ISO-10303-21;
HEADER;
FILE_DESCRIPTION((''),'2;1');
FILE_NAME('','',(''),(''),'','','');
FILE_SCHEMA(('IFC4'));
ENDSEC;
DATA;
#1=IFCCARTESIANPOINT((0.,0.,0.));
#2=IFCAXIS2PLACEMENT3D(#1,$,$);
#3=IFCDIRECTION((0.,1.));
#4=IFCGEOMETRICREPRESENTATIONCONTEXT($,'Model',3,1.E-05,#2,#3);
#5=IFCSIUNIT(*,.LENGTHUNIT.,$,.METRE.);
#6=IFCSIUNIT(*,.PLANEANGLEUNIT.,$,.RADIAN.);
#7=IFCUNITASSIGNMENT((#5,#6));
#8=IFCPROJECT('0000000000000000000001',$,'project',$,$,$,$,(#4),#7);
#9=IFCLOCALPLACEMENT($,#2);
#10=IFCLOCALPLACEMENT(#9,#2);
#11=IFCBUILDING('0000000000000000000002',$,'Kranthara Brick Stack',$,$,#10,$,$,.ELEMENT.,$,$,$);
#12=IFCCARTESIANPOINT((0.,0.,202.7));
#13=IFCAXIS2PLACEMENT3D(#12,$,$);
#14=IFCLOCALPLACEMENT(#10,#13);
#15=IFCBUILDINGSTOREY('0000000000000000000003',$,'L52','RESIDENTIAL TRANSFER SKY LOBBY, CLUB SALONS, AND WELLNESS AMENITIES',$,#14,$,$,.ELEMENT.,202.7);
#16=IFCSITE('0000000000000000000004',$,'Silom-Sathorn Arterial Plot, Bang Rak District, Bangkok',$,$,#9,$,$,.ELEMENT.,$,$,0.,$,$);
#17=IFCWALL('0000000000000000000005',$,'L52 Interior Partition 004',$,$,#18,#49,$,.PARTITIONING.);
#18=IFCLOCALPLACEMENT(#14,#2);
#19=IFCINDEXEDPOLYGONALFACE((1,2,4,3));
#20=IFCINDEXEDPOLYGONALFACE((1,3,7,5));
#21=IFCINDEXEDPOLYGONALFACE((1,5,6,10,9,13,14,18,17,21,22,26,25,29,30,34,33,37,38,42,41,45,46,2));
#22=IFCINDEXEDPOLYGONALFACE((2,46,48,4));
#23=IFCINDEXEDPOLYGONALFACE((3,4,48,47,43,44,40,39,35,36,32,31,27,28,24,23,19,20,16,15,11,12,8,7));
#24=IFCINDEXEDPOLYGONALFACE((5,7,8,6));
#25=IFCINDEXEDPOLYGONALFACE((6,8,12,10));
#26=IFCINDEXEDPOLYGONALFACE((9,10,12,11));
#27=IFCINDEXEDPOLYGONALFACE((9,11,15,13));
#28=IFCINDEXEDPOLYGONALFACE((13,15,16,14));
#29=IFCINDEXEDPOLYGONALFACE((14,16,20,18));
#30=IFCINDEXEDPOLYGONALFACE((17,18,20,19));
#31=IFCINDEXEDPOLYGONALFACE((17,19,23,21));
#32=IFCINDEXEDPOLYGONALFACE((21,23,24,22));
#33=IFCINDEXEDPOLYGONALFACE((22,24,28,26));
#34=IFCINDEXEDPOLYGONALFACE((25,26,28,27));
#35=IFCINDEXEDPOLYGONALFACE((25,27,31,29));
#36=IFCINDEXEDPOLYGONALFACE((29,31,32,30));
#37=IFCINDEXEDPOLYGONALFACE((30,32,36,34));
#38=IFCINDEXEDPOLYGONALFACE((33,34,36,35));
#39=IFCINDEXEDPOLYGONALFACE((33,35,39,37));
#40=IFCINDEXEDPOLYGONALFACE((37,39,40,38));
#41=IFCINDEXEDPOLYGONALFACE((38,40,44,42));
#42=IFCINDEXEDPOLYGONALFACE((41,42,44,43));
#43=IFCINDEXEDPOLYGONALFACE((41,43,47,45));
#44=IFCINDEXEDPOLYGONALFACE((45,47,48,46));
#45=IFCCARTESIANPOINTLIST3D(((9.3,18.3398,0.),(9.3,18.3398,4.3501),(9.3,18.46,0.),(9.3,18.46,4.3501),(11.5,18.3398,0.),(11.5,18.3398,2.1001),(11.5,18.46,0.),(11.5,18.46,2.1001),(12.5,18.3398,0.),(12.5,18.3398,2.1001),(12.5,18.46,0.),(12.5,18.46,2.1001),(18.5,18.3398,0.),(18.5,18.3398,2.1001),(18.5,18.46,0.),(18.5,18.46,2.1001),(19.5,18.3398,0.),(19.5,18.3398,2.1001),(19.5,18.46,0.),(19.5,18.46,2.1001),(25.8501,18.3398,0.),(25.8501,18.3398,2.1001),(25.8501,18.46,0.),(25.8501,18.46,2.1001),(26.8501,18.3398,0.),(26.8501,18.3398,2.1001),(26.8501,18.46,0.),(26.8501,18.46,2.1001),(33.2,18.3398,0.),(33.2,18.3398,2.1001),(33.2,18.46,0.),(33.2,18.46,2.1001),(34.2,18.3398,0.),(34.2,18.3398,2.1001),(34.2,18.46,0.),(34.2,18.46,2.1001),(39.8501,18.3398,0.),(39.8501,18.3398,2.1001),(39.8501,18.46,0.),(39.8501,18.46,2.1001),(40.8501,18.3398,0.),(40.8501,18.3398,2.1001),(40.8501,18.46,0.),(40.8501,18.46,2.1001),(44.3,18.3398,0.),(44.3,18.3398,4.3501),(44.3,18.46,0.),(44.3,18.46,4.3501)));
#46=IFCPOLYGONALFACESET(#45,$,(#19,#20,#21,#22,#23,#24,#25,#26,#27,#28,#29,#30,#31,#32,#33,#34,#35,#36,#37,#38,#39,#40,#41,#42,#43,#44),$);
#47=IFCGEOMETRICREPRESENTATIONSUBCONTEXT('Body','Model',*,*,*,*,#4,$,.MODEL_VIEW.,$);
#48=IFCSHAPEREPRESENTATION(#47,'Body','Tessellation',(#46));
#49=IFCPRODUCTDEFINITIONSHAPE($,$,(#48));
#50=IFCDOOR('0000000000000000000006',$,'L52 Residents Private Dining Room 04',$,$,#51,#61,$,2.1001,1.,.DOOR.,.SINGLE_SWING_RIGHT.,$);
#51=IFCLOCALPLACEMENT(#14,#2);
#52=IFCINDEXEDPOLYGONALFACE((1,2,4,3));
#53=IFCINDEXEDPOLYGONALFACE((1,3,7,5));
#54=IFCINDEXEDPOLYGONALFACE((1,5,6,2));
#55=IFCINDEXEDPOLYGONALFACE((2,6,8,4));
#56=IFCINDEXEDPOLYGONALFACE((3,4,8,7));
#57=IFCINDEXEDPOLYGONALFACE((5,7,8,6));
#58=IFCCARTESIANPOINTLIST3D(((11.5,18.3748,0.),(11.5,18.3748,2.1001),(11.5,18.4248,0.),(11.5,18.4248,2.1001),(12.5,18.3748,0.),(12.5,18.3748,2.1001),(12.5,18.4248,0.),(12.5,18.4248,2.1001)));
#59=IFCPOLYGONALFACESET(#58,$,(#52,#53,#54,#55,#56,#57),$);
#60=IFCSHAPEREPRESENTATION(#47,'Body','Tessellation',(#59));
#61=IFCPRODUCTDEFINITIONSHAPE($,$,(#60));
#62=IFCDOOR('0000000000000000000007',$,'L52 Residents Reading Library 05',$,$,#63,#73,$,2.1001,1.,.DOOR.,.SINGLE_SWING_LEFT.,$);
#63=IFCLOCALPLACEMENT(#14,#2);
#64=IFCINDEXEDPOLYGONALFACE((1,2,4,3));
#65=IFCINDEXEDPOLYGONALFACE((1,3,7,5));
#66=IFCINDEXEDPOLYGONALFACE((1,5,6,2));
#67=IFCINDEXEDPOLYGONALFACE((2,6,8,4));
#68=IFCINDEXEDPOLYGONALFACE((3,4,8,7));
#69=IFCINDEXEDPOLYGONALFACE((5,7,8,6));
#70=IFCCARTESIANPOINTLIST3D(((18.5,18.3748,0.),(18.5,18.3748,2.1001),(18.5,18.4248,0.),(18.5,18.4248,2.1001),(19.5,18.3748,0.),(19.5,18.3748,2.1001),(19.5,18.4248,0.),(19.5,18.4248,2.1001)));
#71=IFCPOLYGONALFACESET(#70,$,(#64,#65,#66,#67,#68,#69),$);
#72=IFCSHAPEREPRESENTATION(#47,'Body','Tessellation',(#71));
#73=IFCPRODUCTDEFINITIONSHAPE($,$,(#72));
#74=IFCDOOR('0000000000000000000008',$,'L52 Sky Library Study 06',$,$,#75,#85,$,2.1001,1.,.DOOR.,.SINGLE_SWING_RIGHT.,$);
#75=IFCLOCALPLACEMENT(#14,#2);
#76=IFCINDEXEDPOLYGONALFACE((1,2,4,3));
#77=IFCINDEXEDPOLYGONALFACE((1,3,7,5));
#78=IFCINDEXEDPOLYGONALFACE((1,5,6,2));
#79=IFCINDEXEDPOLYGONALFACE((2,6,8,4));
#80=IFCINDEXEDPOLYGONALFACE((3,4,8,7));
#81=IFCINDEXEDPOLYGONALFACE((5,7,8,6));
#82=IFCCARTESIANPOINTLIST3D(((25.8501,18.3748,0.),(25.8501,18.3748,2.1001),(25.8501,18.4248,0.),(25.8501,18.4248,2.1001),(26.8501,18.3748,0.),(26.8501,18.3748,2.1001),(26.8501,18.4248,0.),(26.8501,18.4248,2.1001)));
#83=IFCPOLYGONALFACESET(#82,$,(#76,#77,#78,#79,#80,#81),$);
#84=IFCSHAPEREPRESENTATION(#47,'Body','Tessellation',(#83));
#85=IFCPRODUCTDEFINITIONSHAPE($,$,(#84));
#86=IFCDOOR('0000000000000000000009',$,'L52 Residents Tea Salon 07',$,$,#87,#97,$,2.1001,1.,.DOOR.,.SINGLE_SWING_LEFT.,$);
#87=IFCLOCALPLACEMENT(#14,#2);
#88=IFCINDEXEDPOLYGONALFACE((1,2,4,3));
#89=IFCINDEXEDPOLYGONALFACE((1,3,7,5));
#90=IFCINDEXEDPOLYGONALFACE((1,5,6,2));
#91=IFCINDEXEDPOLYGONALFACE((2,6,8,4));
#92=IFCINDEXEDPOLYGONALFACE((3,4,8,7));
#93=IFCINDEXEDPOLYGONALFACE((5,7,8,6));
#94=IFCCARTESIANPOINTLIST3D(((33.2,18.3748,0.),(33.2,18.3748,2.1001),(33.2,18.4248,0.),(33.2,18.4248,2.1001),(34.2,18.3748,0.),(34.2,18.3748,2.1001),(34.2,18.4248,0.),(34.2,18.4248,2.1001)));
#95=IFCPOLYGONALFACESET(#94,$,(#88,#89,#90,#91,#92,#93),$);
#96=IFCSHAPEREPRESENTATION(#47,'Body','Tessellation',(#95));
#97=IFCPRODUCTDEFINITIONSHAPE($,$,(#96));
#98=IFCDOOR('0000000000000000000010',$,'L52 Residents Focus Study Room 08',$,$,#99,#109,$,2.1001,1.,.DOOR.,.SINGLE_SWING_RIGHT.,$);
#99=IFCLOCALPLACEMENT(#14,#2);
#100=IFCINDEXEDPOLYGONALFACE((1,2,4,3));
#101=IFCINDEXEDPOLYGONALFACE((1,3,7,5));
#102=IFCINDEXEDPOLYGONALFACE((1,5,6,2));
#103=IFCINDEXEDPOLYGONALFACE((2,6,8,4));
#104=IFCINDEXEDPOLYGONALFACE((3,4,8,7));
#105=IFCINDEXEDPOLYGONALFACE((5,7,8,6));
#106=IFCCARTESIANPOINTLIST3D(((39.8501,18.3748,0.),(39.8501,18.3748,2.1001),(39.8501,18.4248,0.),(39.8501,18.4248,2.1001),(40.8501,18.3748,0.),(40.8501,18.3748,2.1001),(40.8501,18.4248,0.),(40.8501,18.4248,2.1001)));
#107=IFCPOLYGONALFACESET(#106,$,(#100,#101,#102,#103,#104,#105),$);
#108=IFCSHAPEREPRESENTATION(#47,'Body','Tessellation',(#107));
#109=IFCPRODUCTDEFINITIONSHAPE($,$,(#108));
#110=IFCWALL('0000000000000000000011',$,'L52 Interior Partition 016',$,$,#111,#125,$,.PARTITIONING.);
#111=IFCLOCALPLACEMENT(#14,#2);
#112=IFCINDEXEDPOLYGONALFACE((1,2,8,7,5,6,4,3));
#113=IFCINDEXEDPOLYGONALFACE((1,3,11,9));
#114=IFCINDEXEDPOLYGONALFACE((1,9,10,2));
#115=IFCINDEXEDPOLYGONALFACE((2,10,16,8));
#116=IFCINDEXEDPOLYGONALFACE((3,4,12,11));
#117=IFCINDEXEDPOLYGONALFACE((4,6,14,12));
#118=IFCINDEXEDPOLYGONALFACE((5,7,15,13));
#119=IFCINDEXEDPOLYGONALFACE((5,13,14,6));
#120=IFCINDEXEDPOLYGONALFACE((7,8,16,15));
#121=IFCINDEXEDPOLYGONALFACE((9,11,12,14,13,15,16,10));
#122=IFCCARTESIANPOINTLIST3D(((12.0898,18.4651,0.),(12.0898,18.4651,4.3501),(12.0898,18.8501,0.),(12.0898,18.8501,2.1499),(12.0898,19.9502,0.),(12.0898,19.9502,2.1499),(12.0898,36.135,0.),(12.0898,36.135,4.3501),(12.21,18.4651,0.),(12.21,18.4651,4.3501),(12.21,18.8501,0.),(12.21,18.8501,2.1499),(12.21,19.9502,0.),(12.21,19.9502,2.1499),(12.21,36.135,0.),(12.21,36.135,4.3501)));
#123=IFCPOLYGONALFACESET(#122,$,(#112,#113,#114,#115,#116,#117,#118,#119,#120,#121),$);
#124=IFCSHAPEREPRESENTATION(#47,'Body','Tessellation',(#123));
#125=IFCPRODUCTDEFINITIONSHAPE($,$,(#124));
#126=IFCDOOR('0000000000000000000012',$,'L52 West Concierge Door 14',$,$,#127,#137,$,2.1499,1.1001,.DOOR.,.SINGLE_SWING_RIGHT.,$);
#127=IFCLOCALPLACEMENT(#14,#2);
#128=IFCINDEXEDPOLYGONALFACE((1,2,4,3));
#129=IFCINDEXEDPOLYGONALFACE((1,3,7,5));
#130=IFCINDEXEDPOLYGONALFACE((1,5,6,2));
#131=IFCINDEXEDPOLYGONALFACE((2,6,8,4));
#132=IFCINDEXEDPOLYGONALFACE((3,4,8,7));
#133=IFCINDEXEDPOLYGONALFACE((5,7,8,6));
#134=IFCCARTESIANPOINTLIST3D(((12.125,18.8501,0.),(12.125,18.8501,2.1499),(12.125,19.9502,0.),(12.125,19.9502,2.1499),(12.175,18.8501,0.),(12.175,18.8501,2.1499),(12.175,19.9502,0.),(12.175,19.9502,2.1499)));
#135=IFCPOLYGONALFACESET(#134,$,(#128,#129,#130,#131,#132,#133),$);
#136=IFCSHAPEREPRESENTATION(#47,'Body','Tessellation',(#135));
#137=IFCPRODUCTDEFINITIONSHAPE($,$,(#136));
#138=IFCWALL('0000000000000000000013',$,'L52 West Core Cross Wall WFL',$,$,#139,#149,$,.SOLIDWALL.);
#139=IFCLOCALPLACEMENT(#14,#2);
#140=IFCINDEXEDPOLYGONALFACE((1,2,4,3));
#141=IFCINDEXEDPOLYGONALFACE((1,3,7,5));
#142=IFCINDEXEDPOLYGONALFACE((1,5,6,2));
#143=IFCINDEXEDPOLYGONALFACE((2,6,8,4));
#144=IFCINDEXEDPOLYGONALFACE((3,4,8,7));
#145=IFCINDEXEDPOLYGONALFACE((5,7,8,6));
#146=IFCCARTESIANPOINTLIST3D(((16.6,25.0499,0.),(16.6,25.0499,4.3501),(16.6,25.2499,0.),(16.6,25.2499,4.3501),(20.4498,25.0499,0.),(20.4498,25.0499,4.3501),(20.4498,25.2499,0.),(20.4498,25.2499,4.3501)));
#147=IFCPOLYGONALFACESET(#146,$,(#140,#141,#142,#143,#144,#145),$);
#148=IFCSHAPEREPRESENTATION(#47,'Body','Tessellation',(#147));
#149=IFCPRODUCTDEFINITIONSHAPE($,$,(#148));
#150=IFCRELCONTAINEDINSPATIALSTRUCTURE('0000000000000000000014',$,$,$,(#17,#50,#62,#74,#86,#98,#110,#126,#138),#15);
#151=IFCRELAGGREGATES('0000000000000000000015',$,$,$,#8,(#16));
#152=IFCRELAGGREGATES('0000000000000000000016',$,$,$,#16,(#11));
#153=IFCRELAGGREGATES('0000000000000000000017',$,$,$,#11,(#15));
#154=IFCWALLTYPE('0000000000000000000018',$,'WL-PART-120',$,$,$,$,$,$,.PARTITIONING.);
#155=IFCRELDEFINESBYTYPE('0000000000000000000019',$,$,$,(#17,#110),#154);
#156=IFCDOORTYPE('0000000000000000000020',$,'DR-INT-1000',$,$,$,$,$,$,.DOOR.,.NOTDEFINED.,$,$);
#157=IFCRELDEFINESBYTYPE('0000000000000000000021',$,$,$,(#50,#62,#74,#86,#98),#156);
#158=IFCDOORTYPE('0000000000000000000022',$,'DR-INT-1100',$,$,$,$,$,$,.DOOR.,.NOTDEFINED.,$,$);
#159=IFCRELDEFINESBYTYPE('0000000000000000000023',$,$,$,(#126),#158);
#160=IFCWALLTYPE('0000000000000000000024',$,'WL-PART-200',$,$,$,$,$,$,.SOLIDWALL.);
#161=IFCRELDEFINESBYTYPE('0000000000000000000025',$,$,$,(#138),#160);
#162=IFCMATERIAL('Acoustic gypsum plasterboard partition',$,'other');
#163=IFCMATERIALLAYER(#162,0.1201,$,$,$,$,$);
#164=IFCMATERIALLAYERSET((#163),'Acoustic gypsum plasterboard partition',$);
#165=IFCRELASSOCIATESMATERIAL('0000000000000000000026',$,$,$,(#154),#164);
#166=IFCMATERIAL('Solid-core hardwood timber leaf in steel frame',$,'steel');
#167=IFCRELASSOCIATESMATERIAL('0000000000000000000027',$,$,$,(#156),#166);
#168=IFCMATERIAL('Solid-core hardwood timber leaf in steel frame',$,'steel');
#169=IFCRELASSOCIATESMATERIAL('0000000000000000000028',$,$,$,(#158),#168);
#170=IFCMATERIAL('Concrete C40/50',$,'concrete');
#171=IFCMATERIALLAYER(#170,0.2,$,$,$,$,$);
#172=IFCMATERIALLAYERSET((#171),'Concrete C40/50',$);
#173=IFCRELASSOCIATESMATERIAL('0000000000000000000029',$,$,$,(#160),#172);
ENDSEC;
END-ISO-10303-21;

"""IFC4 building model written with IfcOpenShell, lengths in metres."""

from ifc_helpers import new_model, si_unit, direction, frame, frame_2d, origin, place, context, subcontext, project, spatial, rectangle, extrude, material, layer, layer_set, type_object, element, fill, save


model = new_model("IFC4")

# Units and contexts
model_context = context("Model", 3, precision=1e-05, world=origin(), true_north=direction((0.0, 1.0)))
body_context = subcontext(model_context, "Body", "Model", "MODEL_VIEW")
ifc_project = project(units=[si_unit("LENGTHUNIT", "METRE"), si_unit("PLANEANGLEUNIT", "RADIAN")], contexts=[model_context])

# Site, building, storey
site_placement = place(None, origin())
site = spatial("IfcSite", under=ifc_project, at=site_placement, Name="Silom-Sathorn Arterial Plot, Bang Rak District, Bangkok", CompositionType="ELEMENT", RefElevation=0.0)
building_placement = place(site_placement, origin())
building = spatial("IfcBuilding", under=site, at=building_placement, Name="Kranthara Brick Stack", CompositionType="ELEMENT")
storey_placement = place(building_placement, frame((0.0, 0.0, 202.7)))
storey = spatial("IfcBuildingStorey", under=building, at=storey_placement, Name="L52", Description="RESIDENTIAL TRANSFER SKY LOBBY, CLUB SALONS, AND WELLNESS AMENITIES", CompositionType="ELEMENT", Elevation=202.7)

# Wall, openings, doors
ifc_material_1 = material(Name="Acoustic gypsum plasterboard partition", Category="other")
ifc_layer_1 = layer(ifc_material_1, 0.1201)
ifc_layer_set_1 = layer_set([ifc_layer_1], Name="Acoustic gypsum plasterboard partition")
wall_type_1 = type_object("IfcWallType", Name="WL-PART-120", PredefinedType="PARTITIONING", material=ifc_layer_set_1)
wall_1_placement = place(storey_placement, frame((9.3, 18.3999, 0.0), z_axis=(0.0, 0.0, 1.0), x_axis=(1.0, 0.0, 0.0)))
wall_1 = element("IfcWall", 1, at=wall_1_placement, inside=storey, type_object=wall_type_1, Name="L52 Interior Partition 004", PredefinedType="PARTITIONING", context=body_context, shape_type="SweptSolid", body=[
    extrude(rectangle(XDim=35.0, YDim=0.1201, at=frame_2d((17.5, 0.0))), origin(), (0.0, 0.0, 1.0), 4.3501),
])
opening_1_placement = place(wall_1_placement, frame((2.2, 0.0, 0.0)))
opening_1 = element("IfcOpeningElement", 2, at=opening_1_placement, cuts=wall_1, PredefinedType="OPENING", context=body_context, shape_type="SweptSolid", body=[
    extrude(rectangle(XDim=1.0, YDim=2.1001, at=frame_2d((0.5, 1.05))), frame((0.0, 0.0701, 0.0), z_axis=(0.0, -1.0, 0.0), x_axis=(1.0, 0.0, 0.0)), (0.0, 0.0, 1.0), 0.1401),
])
opening_2_placement = place(wall_1_placement, frame((9.2, 0.0, 0.0)))
opening_2 = element("IfcOpeningElement", 3, at=opening_2_placement, cuts=wall_1, PredefinedType="OPENING", context=body_context, shape_type="SweptSolid", body=[
    extrude(rectangle(XDim=1.0, YDim=2.1001, at=frame_2d((0.5, 1.05))), frame((0.0, 0.0701, 0.0), z_axis=(0.0, -1.0, 0.0), x_axis=(1.0, 0.0, 0.0)), (0.0, 0.0, 1.0), 0.1401),
])
opening_3_placement = place(wall_1_placement, frame((16.55, 0.0, 0.0)))
opening_3 = element("IfcOpeningElement", 4, at=opening_3_placement, cuts=wall_1, PredefinedType="OPENING", context=body_context, shape_type="SweptSolid", body=[
    extrude(rectangle(XDim=1.0, YDim=2.1001, at=frame_2d((0.5, 1.05))), frame((0.0, 0.0701, 0.0), z_axis=(0.0, -1.0, 0.0), x_axis=(1.0, 0.0, 0.0)), (0.0, 0.0, 1.0), 0.1401),
])
opening_4_placement = place(wall_1_placement, frame((23.8999, 0.0, 0.0)))
opening_4 = element("IfcOpeningElement", 5, at=opening_4_placement, cuts=wall_1, PredefinedType="OPENING", context=body_context, shape_type="SweptSolid", body=[
    extrude(rectangle(XDim=1.0, YDim=2.1001, at=frame_2d((0.5, 1.05))), frame((0.0, 0.0701, 0.0), z_axis=(0.0, -1.0, 0.0), x_axis=(1.0, 0.0, 0.0)), (0.0, 0.0, 1.0), 0.1401),
])
opening_5_placement = place(wall_1_placement, frame((30.55, 0.0, 0.0)))
opening_5 = element("IfcOpeningElement", 6, at=opening_5_placement, cuts=wall_1, PredefinedType="OPENING", context=body_context, shape_type="SweptSolid", body=[
    extrude(rectangle(XDim=1.0, YDim=2.1001, at=frame_2d((0.5, 1.05))), frame((0.0, 0.0701, 0.0), z_axis=(0.0, -1.0, 0.0), x_axis=(1.0, 0.0, 0.0)), (0.0, 0.0, 1.0), 0.1401),
])
ifc_material_2 = material(Name="Solid-core hardwood timber leaf in steel frame", Category="steel")
door_type_1 = type_object("IfcDoorType", Name="DR-INT-1000", OperationType="NOTDEFINED", PredefinedType="DOOR", material=ifc_material_2)
door_1_placement = place(opening_1_placement, origin())
door_1 = element("IfcDoor", 7, at=door_1_placement, inside=storey, type_object=door_type_1, Name="L52 Residents Private Dining Room 04", OperationType="SINGLE_SWING_RIGHT", OverallHeight=2.1001, OverallWidth=1.0, PredefinedType="DOOR", context=body_context, shape_type="SweptSolid", body=[
    extrude(rectangle(XDim=1.0, YDim=2.1001, at=frame_2d((0.5, 1.05))), frame((0.0, 0.0249, 0.0), z_axis=(0.0, -1.0, 0.0), x_axis=(1.0, 0.0, 0.0)), (0.0, 0.0, 1.0), 0.05),
])
fill(opening_1, door_1)
door_2_placement = place(opening_2_placement, origin())
door_2 = element("IfcDoor", 8, at=door_2_placement, inside=storey, type_object=door_type_1, Name="L52 Residents Reading Library 05", OperationType="SINGLE_SWING_LEFT", OverallHeight=2.1001, OverallWidth=1.0, PredefinedType="DOOR", context=body_context, shape_type="SweptSolid", body=[
    extrude(rectangle(XDim=1.0, YDim=2.1001, at=frame_2d((0.5, 1.05))), frame((0.0, 0.0249, 0.0), z_axis=(0.0, -1.0, 0.0), x_axis=(1.0, 0.0, 0.0)), (0.0, 0.0, 1.0), 0.05),
])
fill(opening_2, door_2)
door_3_placement = place(opening_3_placement, origin())
door_3 = element("IfcDoor", 9, at=door_3_placement, inside=storey, type_object=door_type_1, Name="L52 Sky Library Study 06", OperationType="SINGLE_SWING_RIGHT", OverallHeight=2.1001, OverallWidth=1.0, PredefinedType="DOOR", context=body_context, shape_type="SweptSolid", body=[
    extrude(rectangle(XDim=1.0, YDim=2.1001, at=frame_2d((0.5, 1.05))), frame((0.0, 0.0249, 0.0), z_axis=(0.0, -1.0, 0.0), x_axis=(1.0, 0.0, 0.0)), (0.0, 0.0, 1.0), 0.05),
])
fill(opening_3, door_3)
door_4_placement = place(opening_4_placement, origin())
door_4 = element("IfcDoor", 10, at=door_4_placement, inside=storey, type_object=door_type_1, Name="L52 Residents Tea Salon 07", OperationType="SINGLE_SWING_LEFT", OverallHeight=2.1001, OverallWidth=1.0, PredefinedType="DOOR", context=body_context, shape_type="SweptSolid", body=[
    extrude(rectangle(XDim=1.0, YDim=2.1001, at=frame_2d((0.5, 1.05))), frame((0.0, 0.0249, 0.0), z_axis=(0.0, -1.0, 0.0), x_axis=(1.0, 0.0, 0.0)), (0.0, 0.0, 1.0), 0.05),
])
fill(opening_4, door_4)
door_5_placement = place(opening_5_placement, origin())
door_5 = element("IfcDoor", 11, at=door_5_placement, inside=storey, type_object=door_type_1, Name="L52 Residents Focus Study Room 08", OperationType="SINGLE_SWING_RIGHT", OverallHeight=2.1001, OverallWidth=1.0, PredefinedType="DOOR", context=body_context, shape_type="SweptSolid", body=[
    extrude(rectangle(XDim=1.0, YDim=2.1001, at=frame_2d((0.5, 1.05))), frame((0.0, 0.0249, 0.0), z_axis=(0.0, -1.0, 0.0), x_axis=(1.0, 0.0, 0.0)), (0.0, 0.0, 1.0), 0.05),
])
fill(opening_5, door_5)

# Wall, opening, door
wall_2_placement = place(storey_placement, frame((12.1499, 18.4651, 0.0), z_axis=(0.0, 0.0, 1.0), x_axis=(0.0, 1.0, 0.0)))
wall_2 = element("IfcWall", 12, at=wall_2_placement, inside=storey, type_object=wall_type_1, Name="L52 Interior Partition 016", PredefinedType="PARTITIONING", context=body_context, shape_type="SweptSolid", body=[
    extrude(rectangle(XDim=17.6699, YDim=0.1201, at=frame_2d((8.835, 0.0))), origin(), (0.0, 0.0, 1.0), 4.3501),
])
opening_6_placement = place(wall_2_placement, frame((0.385, 0.0, 0.0)))
opening_6 = element("IfcOpeningElement", 13, at=opening_6_placement, cuts=wall_2, PredefinedType="OPENING", context=body_context, shape_type="SweptSolid", body=[
    extrude(rectangle(XDim=1.1001, YDim=2.1499, at=frame_2d((0.55, 1.075))), frame((0.0, 0.0701, 0.0), z_axis=(0.0, -1.0, 0.0), x_axis=(1.0, 0.0, 0.0)), (0.0, 0.0, 1.0), 0.1401),
])
ifc_material_3 = material(Name="Solid-core hardwood timber leaf in steel frame", Category="steel")
door_type_2 = type_object("IfcDoorType", Name="DR-INT-1100", OperationType="NOTDEFINED", PredefinedType="DOOR", material=ifc_material_3)
door_6_placement = place(opening_6_placement, origin())
door_6 = element("IfcDoor", 14, at=door_6_placement, inside=storey, type_object=door_type_2, Name="L52 West Concierge Door 14", OperationType="SINGLE_SWING_RIGHT", OverallHeight=2.1499, OverallWidth=1.1001, PredefinedType="DOOR", context=body_context, shape_type="SweptSolid", body=[
    extrude(rectangle(XDim=1.1001, YDim=2.1499, at=frame_2d((0.55, 1.075))), frame((0.0, 0.0249, 0.0), z_axis=(0.0, -1.0, 0.0), x_axis=(1.0, 0.0, 0.0)), (0.0, 0.0, 1.0), 0.05),
])
fill(opening_6, door_6)

# Wall
ifc_material_4 = material(Name="Concrete C40/50", Category="concrete")
ifc_layer_2 = layer(ifc_material_4, 0.2)
ifc_layer_set_2 = layer_set([ifc_layer_2], Name="Concrete C40/50")
wall_type_2 = type_object("IfcWallType", Name="WL-PART-200", PredefinedType="SOLIDWALL", material=ifc_layer_set_2)
wall_3_placement = place(storey_placement, frame((16.6001, 25.1499, 0.0), z_axis=(0.0, 0.0, 1.0), x_axis=(1.0, 0.0, 0.0)))
element("IfcWall", 15, at=wall_3_placement, inside=storey, type_object=wall_type_2, Name="L52 West Core Cross Wall WFL", PredefinedType="SOLIDWALL", context=body_context, shape_type="SweptSolid", body=[
    extrude(rectangle(XDim=3.8499, YDim=0.2, at=frame_2d((1.9248, 0.0))), origin(), (0.0, 0.0, 1.0), 4.3501),
])

save(model, "model.ifc")
